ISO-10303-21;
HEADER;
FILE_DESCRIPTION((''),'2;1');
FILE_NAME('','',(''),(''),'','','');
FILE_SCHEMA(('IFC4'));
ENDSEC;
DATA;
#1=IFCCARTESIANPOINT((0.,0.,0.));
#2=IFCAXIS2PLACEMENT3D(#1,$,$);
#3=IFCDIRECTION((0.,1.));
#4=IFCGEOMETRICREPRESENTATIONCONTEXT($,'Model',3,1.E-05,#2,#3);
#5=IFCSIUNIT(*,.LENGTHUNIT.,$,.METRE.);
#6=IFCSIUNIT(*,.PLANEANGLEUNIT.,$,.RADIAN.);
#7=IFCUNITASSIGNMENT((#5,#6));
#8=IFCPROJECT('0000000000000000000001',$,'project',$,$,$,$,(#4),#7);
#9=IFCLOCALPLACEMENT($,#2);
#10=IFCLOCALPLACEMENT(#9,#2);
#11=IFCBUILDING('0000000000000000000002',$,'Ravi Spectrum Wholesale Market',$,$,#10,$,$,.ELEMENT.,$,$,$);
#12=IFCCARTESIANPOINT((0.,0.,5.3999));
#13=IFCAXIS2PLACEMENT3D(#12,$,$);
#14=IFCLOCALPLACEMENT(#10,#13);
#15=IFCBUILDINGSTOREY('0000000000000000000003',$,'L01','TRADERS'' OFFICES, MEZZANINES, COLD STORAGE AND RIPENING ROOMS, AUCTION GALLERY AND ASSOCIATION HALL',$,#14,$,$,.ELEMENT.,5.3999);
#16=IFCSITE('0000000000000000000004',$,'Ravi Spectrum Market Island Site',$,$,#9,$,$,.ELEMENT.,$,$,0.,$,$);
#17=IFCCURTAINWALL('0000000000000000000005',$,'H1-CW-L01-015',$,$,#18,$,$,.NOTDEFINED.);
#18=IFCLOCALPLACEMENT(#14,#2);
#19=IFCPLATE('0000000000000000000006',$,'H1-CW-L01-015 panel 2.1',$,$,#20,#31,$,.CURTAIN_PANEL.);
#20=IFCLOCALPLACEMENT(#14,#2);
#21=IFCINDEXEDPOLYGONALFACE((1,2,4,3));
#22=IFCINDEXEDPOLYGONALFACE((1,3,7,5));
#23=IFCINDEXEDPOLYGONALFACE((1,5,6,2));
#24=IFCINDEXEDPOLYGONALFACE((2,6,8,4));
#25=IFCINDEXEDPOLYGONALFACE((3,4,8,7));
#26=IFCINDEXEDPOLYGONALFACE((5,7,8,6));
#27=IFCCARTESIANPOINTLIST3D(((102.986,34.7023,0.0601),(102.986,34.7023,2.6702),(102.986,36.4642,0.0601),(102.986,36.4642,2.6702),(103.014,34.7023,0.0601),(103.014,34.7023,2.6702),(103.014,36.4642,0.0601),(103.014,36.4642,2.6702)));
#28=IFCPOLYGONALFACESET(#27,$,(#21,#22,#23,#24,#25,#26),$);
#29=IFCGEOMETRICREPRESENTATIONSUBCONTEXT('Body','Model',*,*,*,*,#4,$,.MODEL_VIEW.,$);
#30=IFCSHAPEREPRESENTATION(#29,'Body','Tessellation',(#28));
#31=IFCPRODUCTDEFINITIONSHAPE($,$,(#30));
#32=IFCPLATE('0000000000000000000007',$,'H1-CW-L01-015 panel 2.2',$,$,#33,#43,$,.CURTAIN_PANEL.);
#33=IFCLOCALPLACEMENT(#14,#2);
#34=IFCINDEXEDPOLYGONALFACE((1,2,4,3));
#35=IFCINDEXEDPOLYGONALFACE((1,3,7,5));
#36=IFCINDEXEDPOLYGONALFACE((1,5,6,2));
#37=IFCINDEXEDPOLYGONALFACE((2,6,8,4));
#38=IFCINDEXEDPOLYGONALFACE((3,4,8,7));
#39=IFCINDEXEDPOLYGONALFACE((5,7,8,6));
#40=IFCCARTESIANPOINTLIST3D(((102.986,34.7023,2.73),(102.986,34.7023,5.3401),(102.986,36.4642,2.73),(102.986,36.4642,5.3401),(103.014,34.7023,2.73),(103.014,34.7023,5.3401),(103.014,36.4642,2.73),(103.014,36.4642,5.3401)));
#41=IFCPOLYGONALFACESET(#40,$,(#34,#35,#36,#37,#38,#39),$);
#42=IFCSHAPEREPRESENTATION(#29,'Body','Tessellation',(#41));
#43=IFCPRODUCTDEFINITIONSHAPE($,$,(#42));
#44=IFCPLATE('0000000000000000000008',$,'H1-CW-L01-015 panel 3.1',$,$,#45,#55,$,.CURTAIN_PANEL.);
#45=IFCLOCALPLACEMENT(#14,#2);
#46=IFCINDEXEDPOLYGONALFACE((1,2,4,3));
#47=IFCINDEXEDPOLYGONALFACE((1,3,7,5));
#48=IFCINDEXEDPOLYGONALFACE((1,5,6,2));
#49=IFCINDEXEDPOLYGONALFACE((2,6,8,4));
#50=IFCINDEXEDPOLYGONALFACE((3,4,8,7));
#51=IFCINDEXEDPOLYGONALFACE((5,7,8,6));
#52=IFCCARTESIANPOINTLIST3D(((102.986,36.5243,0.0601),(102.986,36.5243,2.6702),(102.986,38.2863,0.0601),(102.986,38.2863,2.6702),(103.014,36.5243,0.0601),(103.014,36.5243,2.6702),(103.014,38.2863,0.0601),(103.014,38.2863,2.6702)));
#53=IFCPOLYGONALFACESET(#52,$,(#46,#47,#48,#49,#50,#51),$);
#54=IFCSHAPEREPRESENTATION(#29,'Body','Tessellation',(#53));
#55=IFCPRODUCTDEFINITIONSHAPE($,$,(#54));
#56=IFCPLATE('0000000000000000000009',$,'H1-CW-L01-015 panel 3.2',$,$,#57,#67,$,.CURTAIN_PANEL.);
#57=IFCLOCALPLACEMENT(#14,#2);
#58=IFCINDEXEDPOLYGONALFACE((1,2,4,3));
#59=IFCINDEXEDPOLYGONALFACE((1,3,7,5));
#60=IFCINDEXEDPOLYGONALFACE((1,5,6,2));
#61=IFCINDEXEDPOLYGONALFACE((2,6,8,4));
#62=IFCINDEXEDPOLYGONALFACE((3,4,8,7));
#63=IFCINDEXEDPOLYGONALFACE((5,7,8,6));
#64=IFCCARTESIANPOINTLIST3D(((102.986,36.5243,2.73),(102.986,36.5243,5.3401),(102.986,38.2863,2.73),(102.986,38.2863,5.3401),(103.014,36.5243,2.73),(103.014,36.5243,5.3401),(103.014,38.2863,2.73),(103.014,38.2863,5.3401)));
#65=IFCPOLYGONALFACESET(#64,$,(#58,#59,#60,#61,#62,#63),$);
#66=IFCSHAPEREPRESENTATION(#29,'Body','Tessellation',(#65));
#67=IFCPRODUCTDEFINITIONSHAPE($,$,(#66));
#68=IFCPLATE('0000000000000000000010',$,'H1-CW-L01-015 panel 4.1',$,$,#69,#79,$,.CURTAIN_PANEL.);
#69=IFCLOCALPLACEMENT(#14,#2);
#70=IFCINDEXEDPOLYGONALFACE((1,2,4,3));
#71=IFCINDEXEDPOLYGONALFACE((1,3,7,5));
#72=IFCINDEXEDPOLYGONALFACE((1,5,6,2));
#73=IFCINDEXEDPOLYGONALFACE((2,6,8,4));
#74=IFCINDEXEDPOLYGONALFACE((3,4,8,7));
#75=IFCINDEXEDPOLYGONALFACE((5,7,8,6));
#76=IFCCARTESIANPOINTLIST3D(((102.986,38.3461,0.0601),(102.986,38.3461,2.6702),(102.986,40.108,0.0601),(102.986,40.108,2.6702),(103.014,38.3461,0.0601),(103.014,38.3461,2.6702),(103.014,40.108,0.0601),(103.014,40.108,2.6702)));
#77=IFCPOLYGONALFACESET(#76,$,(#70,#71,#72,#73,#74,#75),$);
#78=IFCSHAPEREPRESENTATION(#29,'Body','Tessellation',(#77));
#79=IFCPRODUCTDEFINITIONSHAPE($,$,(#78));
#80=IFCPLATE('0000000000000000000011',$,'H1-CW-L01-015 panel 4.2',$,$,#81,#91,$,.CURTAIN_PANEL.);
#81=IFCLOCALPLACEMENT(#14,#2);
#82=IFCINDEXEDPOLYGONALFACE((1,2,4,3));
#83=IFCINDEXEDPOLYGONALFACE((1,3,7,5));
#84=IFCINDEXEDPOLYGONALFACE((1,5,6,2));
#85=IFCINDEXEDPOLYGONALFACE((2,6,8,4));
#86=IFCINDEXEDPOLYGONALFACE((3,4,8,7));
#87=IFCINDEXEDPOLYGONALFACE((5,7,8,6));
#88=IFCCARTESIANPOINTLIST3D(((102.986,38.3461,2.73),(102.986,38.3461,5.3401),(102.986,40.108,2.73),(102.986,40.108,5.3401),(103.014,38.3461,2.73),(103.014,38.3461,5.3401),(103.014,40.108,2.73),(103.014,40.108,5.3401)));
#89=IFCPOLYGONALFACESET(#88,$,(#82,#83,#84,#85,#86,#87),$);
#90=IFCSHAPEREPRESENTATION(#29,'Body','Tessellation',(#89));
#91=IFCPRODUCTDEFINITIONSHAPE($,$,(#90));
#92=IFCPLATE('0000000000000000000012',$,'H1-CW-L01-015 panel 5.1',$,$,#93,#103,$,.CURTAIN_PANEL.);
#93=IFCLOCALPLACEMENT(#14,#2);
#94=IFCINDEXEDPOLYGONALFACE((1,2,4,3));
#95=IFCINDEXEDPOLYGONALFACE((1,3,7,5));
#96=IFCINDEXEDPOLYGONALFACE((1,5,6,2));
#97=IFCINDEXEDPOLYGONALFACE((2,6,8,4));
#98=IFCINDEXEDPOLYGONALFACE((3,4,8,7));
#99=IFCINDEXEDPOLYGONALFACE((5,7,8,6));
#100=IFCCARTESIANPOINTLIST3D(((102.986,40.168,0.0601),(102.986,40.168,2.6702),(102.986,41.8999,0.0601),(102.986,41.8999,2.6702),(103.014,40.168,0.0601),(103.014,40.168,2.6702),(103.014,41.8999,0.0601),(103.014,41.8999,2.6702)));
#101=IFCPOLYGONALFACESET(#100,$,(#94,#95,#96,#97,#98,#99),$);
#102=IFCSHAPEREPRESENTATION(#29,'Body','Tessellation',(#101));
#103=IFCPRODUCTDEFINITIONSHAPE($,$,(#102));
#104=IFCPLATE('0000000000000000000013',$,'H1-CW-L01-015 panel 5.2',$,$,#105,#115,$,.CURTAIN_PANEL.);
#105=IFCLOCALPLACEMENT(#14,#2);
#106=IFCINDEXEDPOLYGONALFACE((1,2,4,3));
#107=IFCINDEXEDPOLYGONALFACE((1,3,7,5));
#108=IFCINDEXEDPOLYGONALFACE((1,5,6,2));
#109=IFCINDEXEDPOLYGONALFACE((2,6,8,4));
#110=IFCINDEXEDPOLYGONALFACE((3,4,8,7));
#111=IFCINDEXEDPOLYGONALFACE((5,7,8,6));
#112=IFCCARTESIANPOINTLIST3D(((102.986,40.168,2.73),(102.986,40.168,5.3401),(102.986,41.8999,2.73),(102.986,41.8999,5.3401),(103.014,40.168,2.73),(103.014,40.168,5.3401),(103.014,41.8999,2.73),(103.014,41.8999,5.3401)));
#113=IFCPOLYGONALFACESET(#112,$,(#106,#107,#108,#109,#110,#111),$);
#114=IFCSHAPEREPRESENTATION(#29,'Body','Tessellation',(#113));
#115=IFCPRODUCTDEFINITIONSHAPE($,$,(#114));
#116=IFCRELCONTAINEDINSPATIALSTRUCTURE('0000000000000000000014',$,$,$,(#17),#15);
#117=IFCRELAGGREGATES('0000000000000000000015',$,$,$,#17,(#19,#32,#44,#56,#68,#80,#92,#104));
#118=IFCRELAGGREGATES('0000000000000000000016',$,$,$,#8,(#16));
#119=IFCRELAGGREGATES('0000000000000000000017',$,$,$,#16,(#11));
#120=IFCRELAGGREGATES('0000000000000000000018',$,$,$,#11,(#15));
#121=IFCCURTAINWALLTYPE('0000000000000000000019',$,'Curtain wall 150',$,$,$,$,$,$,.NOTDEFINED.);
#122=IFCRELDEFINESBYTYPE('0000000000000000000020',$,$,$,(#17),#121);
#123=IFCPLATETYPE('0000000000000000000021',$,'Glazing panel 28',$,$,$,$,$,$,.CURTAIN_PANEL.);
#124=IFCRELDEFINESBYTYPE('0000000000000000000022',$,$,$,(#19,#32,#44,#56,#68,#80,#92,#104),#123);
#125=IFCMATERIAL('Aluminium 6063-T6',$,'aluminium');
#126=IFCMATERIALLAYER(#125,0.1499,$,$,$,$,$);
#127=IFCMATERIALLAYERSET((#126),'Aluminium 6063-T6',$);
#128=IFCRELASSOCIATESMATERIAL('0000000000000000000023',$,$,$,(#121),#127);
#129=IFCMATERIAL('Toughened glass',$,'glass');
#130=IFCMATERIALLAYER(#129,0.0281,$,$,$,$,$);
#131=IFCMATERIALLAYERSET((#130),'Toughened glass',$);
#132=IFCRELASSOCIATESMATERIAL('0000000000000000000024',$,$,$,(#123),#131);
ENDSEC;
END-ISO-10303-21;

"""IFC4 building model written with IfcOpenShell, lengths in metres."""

from ifc_helpers import new_model, si_unit, direction, frame, origin, origin_2d, place, context, subcontext, project, spatial, rectangle, extrude, material, layer, layer_set, type_object, element, aggregate, save


model = new_model("IFC4")

# Units and contexts
model_context = context("Model", 3, precision=1e-05, world=origin(), true_north=direction((0.0, 1.0)))
body_context = subcontext(model_context, "Body", "Model", "MODEL_VIEW")
ifc_project = project(units=[si_unit("LENGTHUNIT", "METRE"), si_unit("PLANEANGLEUNIT", "RADIAN")], contexts=[model_context])

# Site, building, storey
site_placement = place(None, origin())
site = spatial("IfcSite", under=ifc_project, at=site_placement, Name="Ravi Spectrum Market Island Site", CompositionType="ELEMENT", RefElevation=0.0)
building_placement = place(site_placement, origin())
building = spatial("IfcBuilding", under=site, at=building_placement, Name="Ravi Spectrum Wholesale Market", CompositionType="ELEMENT")
storey_placement = place(building_placement, frame((0.0, 0.0, 5.3999)))
storey = spatial("IfcBuildingStorey", under=building, at=storey_placement, Name="L01", Description="TRADERS' OFFICES, MEZZANINES, COLD STORAGE AND RIPENING ROOMS, AUCTION GALLERY AND ASSOCIATION HALL", CompositionType="ELEMENT", Elevation=5.3999)

# Curtain wall, plates
ifc_material_1 = material(Name="Aluminium 6063-T6", Category="aluminium")
ifc_layer_1 = layer(ifc_material_1, 0.1499)
ifc_layer_set_1 = layer_set([ifc_layer_1], Name="Aluminium 6063-T6")
curtain_wall_type = type_object("IfcCurtainWallType", Name="Curtain wall 150", PredefinedType="NOTDEFINED", material=ifc_layer_set_1)
curtain_wall_placement = place(storey_placement, origin())
curtain_wall = element("IfcCurtainWall", 1, at=curtain_wall_placement, inside=storey, type_object=curtain_wall_type, Name="H1-CW-L01-015", PredefinedType="NOTDEFINED")
ifc_material_2 = material(Name="Toughened glass", Category="glass")
ifc_layer_2 = layer(ifc_material_2, 0.0281)
ifc_layer_set_2 = layer_set([ifc_layer_2], Name="Toughened glass")
plate_type = type_object("IfcPlateType", Name="Glazing panel 28", PredefinedType="CURTAIN_PANEL", material=ifc_layer_set_2)
plate_1_placement = place(storey_placement, frame((103.0, 35.5833, 0.0601), z_axis=(0.0, 0.0, 1.0), x_axis=(0.0, 1.0, 0.0)))
plate_1 = element("IfcPlate", 2, at=plate_1_placement, type_object=plate_type, Name="H1-CW-L01-015 panel 2.1", PredefinedType="CURTAIN_PANEL", context=body_context, shape_type="SweptSolid", body=[
    extrude(rectangle(XDim=1.762, YDim=0.0281, at=origin_2d()), origin(), (0.0, 0.0, 1.0), 2.6101),
])
plate_2_placement = place(storey_placement, frame((103.0, 35.5833, 2.73), z_axis=(0.0, 0.0, 1.0), x_axis=(0.0, 1.0, 0.0)))
plate_2 = element("IfcPlate", 3, at=plate_2_placement, type_object=plate_type, Name="H1-CW-L01-015 panel 2.2", PredefinedType="CURTAIN_PANEL", context=body_context, shape_type="SweptSolid", body=[
    extrude(rectangle(XDim=1.762, YDim=0.0281, at=origin_2d()), origin(), (0.0, 0.0, 1.0), 2.6101),
])
plate_3_placement = place(storey_placement, frame((103.0, 37.4053, 0.0601), z_axis=(0.0, 0.0, 1.0), x_axis=(0.0, 1.0, 0.0)))
plate_3 = element("IfcPlate", 4, at=plate_3_placement, type_object=plate_type, Name="H1-CW-L01-015 panel 3.1", PredefinedType="CURTAIN_PANEL", context=body_context, shape_type="SweptSolid", body=[
    extrude(rectangle(XDim=1.762, YDim=0.0281, at=origin_2d()), origin(), (0.0, 0.0, 1.0), 2.6101),
])
plate_4_placement = place(storey_placement, frame((103.0, 37.4053, 2.73), z_axis=(0.0, 0.0, 1.0), x_axis=(0.0, 1.0, 0.0)))
plate_4 = element("IfcPlate", 5, at=plate_4_placement, type_object=plate_type, Name="H1-CW-L01-015 panel 3.2", PredefinedType="CURTAIN_PANEL", context=body_context, shape_type="SweptSolid", body=[
    extrude(rectangle(XDim=1.762, YDim=0.0281, at=origin_2d()), origin(), (0.0, 0.0, 1.0), 2.6101),
])
plate_5_placement = place(storey_placement, frame((103.0, 39.2271, 0.0601), z_axis=(0.0, 0.0, 1.0), x_axis=(0.0, 1.0, 0.0)))
plate_5 = element("IfcPlate", 6, at=plate_5_placement, type_object=plate_type, Name="H1-CW-L01-015 panel 4.1", PredefinedType="CURTAIN_PANEL", context=body_context, shape_type="SweptSolid", body=[
    extrude(rectangle(XDim=1.762, YDim=0.0281, at=origin_2d()), origin(), (0.0, 0.0, 1.0), 2.6101),
])
plate_6_placement = place(storey_placement, frame((103.0, 39.2271, 2.73), z_axis=(0.0, 0.0, 1.0), x_axis=(0.0, 1.0, 0.0)))
plate_6 = element("IfcPlate", 7, at=plate_6_placement, type_object=plate_type, Name="H1-CW-L01-015 panel 4.2", PredefinedType="CURTAIN_PANEL", context=body_context, shape_type="SweptSolid", body=[
    extrude(rectangle(XDim=1.762, YDim=0.0281, at=origin_2d()), origin(), (0.0, 0.0, 1.0), 2.6101),
])
plate_7_placement = place(storey_placement, frame((103.0, 41.0339, 0.0601), z_axis=(0.0, 0.0, 1.0), x_axis=(0.0, 1.0, 0.0)))
plate_7 = element("IfcPlate", 8, at=plate_7_placement, type_object=plate_type, Name="H1-CW-L01-015 panel 5.1", PredefinedType="CURTAIN_PANEL", context=body_context, shape_type="SweptSolid", body=[
    extrude(rectangle(XDim=1.7319, YDim=0.0281, at=origin_2d()), origin(), (0.0, 0.0, 1.0), 2.6101),
])
plate_8_placement = place(storey_placement, frame((103.0, 41.0339, 2.73), z_axis=(0.0, 0.0, 1.0), x_axis=(0.0, 1.0, 0.0)))
plate_8 = element("IfcPlate", 9, at=plate_8_placement, type_object=plate_type, Name="H1-CW-L01-015 panel 5.2", PredefinedType="CURTAIN_PANEL", context=body_context, shape_type="SweptSolid", body=[
    extrude(rectangle(XDim=1.7319, YDim=0.0281, at=origin_2d()), origin(), (0.0, 0.0, 1.0), 2.6101),
])
aggregate(curtain_wall, [plate_1, plate_2, plate_3, plate_4, plate_5, plate_6, plate_7, plate_8])

save(model, "model.ifc")
